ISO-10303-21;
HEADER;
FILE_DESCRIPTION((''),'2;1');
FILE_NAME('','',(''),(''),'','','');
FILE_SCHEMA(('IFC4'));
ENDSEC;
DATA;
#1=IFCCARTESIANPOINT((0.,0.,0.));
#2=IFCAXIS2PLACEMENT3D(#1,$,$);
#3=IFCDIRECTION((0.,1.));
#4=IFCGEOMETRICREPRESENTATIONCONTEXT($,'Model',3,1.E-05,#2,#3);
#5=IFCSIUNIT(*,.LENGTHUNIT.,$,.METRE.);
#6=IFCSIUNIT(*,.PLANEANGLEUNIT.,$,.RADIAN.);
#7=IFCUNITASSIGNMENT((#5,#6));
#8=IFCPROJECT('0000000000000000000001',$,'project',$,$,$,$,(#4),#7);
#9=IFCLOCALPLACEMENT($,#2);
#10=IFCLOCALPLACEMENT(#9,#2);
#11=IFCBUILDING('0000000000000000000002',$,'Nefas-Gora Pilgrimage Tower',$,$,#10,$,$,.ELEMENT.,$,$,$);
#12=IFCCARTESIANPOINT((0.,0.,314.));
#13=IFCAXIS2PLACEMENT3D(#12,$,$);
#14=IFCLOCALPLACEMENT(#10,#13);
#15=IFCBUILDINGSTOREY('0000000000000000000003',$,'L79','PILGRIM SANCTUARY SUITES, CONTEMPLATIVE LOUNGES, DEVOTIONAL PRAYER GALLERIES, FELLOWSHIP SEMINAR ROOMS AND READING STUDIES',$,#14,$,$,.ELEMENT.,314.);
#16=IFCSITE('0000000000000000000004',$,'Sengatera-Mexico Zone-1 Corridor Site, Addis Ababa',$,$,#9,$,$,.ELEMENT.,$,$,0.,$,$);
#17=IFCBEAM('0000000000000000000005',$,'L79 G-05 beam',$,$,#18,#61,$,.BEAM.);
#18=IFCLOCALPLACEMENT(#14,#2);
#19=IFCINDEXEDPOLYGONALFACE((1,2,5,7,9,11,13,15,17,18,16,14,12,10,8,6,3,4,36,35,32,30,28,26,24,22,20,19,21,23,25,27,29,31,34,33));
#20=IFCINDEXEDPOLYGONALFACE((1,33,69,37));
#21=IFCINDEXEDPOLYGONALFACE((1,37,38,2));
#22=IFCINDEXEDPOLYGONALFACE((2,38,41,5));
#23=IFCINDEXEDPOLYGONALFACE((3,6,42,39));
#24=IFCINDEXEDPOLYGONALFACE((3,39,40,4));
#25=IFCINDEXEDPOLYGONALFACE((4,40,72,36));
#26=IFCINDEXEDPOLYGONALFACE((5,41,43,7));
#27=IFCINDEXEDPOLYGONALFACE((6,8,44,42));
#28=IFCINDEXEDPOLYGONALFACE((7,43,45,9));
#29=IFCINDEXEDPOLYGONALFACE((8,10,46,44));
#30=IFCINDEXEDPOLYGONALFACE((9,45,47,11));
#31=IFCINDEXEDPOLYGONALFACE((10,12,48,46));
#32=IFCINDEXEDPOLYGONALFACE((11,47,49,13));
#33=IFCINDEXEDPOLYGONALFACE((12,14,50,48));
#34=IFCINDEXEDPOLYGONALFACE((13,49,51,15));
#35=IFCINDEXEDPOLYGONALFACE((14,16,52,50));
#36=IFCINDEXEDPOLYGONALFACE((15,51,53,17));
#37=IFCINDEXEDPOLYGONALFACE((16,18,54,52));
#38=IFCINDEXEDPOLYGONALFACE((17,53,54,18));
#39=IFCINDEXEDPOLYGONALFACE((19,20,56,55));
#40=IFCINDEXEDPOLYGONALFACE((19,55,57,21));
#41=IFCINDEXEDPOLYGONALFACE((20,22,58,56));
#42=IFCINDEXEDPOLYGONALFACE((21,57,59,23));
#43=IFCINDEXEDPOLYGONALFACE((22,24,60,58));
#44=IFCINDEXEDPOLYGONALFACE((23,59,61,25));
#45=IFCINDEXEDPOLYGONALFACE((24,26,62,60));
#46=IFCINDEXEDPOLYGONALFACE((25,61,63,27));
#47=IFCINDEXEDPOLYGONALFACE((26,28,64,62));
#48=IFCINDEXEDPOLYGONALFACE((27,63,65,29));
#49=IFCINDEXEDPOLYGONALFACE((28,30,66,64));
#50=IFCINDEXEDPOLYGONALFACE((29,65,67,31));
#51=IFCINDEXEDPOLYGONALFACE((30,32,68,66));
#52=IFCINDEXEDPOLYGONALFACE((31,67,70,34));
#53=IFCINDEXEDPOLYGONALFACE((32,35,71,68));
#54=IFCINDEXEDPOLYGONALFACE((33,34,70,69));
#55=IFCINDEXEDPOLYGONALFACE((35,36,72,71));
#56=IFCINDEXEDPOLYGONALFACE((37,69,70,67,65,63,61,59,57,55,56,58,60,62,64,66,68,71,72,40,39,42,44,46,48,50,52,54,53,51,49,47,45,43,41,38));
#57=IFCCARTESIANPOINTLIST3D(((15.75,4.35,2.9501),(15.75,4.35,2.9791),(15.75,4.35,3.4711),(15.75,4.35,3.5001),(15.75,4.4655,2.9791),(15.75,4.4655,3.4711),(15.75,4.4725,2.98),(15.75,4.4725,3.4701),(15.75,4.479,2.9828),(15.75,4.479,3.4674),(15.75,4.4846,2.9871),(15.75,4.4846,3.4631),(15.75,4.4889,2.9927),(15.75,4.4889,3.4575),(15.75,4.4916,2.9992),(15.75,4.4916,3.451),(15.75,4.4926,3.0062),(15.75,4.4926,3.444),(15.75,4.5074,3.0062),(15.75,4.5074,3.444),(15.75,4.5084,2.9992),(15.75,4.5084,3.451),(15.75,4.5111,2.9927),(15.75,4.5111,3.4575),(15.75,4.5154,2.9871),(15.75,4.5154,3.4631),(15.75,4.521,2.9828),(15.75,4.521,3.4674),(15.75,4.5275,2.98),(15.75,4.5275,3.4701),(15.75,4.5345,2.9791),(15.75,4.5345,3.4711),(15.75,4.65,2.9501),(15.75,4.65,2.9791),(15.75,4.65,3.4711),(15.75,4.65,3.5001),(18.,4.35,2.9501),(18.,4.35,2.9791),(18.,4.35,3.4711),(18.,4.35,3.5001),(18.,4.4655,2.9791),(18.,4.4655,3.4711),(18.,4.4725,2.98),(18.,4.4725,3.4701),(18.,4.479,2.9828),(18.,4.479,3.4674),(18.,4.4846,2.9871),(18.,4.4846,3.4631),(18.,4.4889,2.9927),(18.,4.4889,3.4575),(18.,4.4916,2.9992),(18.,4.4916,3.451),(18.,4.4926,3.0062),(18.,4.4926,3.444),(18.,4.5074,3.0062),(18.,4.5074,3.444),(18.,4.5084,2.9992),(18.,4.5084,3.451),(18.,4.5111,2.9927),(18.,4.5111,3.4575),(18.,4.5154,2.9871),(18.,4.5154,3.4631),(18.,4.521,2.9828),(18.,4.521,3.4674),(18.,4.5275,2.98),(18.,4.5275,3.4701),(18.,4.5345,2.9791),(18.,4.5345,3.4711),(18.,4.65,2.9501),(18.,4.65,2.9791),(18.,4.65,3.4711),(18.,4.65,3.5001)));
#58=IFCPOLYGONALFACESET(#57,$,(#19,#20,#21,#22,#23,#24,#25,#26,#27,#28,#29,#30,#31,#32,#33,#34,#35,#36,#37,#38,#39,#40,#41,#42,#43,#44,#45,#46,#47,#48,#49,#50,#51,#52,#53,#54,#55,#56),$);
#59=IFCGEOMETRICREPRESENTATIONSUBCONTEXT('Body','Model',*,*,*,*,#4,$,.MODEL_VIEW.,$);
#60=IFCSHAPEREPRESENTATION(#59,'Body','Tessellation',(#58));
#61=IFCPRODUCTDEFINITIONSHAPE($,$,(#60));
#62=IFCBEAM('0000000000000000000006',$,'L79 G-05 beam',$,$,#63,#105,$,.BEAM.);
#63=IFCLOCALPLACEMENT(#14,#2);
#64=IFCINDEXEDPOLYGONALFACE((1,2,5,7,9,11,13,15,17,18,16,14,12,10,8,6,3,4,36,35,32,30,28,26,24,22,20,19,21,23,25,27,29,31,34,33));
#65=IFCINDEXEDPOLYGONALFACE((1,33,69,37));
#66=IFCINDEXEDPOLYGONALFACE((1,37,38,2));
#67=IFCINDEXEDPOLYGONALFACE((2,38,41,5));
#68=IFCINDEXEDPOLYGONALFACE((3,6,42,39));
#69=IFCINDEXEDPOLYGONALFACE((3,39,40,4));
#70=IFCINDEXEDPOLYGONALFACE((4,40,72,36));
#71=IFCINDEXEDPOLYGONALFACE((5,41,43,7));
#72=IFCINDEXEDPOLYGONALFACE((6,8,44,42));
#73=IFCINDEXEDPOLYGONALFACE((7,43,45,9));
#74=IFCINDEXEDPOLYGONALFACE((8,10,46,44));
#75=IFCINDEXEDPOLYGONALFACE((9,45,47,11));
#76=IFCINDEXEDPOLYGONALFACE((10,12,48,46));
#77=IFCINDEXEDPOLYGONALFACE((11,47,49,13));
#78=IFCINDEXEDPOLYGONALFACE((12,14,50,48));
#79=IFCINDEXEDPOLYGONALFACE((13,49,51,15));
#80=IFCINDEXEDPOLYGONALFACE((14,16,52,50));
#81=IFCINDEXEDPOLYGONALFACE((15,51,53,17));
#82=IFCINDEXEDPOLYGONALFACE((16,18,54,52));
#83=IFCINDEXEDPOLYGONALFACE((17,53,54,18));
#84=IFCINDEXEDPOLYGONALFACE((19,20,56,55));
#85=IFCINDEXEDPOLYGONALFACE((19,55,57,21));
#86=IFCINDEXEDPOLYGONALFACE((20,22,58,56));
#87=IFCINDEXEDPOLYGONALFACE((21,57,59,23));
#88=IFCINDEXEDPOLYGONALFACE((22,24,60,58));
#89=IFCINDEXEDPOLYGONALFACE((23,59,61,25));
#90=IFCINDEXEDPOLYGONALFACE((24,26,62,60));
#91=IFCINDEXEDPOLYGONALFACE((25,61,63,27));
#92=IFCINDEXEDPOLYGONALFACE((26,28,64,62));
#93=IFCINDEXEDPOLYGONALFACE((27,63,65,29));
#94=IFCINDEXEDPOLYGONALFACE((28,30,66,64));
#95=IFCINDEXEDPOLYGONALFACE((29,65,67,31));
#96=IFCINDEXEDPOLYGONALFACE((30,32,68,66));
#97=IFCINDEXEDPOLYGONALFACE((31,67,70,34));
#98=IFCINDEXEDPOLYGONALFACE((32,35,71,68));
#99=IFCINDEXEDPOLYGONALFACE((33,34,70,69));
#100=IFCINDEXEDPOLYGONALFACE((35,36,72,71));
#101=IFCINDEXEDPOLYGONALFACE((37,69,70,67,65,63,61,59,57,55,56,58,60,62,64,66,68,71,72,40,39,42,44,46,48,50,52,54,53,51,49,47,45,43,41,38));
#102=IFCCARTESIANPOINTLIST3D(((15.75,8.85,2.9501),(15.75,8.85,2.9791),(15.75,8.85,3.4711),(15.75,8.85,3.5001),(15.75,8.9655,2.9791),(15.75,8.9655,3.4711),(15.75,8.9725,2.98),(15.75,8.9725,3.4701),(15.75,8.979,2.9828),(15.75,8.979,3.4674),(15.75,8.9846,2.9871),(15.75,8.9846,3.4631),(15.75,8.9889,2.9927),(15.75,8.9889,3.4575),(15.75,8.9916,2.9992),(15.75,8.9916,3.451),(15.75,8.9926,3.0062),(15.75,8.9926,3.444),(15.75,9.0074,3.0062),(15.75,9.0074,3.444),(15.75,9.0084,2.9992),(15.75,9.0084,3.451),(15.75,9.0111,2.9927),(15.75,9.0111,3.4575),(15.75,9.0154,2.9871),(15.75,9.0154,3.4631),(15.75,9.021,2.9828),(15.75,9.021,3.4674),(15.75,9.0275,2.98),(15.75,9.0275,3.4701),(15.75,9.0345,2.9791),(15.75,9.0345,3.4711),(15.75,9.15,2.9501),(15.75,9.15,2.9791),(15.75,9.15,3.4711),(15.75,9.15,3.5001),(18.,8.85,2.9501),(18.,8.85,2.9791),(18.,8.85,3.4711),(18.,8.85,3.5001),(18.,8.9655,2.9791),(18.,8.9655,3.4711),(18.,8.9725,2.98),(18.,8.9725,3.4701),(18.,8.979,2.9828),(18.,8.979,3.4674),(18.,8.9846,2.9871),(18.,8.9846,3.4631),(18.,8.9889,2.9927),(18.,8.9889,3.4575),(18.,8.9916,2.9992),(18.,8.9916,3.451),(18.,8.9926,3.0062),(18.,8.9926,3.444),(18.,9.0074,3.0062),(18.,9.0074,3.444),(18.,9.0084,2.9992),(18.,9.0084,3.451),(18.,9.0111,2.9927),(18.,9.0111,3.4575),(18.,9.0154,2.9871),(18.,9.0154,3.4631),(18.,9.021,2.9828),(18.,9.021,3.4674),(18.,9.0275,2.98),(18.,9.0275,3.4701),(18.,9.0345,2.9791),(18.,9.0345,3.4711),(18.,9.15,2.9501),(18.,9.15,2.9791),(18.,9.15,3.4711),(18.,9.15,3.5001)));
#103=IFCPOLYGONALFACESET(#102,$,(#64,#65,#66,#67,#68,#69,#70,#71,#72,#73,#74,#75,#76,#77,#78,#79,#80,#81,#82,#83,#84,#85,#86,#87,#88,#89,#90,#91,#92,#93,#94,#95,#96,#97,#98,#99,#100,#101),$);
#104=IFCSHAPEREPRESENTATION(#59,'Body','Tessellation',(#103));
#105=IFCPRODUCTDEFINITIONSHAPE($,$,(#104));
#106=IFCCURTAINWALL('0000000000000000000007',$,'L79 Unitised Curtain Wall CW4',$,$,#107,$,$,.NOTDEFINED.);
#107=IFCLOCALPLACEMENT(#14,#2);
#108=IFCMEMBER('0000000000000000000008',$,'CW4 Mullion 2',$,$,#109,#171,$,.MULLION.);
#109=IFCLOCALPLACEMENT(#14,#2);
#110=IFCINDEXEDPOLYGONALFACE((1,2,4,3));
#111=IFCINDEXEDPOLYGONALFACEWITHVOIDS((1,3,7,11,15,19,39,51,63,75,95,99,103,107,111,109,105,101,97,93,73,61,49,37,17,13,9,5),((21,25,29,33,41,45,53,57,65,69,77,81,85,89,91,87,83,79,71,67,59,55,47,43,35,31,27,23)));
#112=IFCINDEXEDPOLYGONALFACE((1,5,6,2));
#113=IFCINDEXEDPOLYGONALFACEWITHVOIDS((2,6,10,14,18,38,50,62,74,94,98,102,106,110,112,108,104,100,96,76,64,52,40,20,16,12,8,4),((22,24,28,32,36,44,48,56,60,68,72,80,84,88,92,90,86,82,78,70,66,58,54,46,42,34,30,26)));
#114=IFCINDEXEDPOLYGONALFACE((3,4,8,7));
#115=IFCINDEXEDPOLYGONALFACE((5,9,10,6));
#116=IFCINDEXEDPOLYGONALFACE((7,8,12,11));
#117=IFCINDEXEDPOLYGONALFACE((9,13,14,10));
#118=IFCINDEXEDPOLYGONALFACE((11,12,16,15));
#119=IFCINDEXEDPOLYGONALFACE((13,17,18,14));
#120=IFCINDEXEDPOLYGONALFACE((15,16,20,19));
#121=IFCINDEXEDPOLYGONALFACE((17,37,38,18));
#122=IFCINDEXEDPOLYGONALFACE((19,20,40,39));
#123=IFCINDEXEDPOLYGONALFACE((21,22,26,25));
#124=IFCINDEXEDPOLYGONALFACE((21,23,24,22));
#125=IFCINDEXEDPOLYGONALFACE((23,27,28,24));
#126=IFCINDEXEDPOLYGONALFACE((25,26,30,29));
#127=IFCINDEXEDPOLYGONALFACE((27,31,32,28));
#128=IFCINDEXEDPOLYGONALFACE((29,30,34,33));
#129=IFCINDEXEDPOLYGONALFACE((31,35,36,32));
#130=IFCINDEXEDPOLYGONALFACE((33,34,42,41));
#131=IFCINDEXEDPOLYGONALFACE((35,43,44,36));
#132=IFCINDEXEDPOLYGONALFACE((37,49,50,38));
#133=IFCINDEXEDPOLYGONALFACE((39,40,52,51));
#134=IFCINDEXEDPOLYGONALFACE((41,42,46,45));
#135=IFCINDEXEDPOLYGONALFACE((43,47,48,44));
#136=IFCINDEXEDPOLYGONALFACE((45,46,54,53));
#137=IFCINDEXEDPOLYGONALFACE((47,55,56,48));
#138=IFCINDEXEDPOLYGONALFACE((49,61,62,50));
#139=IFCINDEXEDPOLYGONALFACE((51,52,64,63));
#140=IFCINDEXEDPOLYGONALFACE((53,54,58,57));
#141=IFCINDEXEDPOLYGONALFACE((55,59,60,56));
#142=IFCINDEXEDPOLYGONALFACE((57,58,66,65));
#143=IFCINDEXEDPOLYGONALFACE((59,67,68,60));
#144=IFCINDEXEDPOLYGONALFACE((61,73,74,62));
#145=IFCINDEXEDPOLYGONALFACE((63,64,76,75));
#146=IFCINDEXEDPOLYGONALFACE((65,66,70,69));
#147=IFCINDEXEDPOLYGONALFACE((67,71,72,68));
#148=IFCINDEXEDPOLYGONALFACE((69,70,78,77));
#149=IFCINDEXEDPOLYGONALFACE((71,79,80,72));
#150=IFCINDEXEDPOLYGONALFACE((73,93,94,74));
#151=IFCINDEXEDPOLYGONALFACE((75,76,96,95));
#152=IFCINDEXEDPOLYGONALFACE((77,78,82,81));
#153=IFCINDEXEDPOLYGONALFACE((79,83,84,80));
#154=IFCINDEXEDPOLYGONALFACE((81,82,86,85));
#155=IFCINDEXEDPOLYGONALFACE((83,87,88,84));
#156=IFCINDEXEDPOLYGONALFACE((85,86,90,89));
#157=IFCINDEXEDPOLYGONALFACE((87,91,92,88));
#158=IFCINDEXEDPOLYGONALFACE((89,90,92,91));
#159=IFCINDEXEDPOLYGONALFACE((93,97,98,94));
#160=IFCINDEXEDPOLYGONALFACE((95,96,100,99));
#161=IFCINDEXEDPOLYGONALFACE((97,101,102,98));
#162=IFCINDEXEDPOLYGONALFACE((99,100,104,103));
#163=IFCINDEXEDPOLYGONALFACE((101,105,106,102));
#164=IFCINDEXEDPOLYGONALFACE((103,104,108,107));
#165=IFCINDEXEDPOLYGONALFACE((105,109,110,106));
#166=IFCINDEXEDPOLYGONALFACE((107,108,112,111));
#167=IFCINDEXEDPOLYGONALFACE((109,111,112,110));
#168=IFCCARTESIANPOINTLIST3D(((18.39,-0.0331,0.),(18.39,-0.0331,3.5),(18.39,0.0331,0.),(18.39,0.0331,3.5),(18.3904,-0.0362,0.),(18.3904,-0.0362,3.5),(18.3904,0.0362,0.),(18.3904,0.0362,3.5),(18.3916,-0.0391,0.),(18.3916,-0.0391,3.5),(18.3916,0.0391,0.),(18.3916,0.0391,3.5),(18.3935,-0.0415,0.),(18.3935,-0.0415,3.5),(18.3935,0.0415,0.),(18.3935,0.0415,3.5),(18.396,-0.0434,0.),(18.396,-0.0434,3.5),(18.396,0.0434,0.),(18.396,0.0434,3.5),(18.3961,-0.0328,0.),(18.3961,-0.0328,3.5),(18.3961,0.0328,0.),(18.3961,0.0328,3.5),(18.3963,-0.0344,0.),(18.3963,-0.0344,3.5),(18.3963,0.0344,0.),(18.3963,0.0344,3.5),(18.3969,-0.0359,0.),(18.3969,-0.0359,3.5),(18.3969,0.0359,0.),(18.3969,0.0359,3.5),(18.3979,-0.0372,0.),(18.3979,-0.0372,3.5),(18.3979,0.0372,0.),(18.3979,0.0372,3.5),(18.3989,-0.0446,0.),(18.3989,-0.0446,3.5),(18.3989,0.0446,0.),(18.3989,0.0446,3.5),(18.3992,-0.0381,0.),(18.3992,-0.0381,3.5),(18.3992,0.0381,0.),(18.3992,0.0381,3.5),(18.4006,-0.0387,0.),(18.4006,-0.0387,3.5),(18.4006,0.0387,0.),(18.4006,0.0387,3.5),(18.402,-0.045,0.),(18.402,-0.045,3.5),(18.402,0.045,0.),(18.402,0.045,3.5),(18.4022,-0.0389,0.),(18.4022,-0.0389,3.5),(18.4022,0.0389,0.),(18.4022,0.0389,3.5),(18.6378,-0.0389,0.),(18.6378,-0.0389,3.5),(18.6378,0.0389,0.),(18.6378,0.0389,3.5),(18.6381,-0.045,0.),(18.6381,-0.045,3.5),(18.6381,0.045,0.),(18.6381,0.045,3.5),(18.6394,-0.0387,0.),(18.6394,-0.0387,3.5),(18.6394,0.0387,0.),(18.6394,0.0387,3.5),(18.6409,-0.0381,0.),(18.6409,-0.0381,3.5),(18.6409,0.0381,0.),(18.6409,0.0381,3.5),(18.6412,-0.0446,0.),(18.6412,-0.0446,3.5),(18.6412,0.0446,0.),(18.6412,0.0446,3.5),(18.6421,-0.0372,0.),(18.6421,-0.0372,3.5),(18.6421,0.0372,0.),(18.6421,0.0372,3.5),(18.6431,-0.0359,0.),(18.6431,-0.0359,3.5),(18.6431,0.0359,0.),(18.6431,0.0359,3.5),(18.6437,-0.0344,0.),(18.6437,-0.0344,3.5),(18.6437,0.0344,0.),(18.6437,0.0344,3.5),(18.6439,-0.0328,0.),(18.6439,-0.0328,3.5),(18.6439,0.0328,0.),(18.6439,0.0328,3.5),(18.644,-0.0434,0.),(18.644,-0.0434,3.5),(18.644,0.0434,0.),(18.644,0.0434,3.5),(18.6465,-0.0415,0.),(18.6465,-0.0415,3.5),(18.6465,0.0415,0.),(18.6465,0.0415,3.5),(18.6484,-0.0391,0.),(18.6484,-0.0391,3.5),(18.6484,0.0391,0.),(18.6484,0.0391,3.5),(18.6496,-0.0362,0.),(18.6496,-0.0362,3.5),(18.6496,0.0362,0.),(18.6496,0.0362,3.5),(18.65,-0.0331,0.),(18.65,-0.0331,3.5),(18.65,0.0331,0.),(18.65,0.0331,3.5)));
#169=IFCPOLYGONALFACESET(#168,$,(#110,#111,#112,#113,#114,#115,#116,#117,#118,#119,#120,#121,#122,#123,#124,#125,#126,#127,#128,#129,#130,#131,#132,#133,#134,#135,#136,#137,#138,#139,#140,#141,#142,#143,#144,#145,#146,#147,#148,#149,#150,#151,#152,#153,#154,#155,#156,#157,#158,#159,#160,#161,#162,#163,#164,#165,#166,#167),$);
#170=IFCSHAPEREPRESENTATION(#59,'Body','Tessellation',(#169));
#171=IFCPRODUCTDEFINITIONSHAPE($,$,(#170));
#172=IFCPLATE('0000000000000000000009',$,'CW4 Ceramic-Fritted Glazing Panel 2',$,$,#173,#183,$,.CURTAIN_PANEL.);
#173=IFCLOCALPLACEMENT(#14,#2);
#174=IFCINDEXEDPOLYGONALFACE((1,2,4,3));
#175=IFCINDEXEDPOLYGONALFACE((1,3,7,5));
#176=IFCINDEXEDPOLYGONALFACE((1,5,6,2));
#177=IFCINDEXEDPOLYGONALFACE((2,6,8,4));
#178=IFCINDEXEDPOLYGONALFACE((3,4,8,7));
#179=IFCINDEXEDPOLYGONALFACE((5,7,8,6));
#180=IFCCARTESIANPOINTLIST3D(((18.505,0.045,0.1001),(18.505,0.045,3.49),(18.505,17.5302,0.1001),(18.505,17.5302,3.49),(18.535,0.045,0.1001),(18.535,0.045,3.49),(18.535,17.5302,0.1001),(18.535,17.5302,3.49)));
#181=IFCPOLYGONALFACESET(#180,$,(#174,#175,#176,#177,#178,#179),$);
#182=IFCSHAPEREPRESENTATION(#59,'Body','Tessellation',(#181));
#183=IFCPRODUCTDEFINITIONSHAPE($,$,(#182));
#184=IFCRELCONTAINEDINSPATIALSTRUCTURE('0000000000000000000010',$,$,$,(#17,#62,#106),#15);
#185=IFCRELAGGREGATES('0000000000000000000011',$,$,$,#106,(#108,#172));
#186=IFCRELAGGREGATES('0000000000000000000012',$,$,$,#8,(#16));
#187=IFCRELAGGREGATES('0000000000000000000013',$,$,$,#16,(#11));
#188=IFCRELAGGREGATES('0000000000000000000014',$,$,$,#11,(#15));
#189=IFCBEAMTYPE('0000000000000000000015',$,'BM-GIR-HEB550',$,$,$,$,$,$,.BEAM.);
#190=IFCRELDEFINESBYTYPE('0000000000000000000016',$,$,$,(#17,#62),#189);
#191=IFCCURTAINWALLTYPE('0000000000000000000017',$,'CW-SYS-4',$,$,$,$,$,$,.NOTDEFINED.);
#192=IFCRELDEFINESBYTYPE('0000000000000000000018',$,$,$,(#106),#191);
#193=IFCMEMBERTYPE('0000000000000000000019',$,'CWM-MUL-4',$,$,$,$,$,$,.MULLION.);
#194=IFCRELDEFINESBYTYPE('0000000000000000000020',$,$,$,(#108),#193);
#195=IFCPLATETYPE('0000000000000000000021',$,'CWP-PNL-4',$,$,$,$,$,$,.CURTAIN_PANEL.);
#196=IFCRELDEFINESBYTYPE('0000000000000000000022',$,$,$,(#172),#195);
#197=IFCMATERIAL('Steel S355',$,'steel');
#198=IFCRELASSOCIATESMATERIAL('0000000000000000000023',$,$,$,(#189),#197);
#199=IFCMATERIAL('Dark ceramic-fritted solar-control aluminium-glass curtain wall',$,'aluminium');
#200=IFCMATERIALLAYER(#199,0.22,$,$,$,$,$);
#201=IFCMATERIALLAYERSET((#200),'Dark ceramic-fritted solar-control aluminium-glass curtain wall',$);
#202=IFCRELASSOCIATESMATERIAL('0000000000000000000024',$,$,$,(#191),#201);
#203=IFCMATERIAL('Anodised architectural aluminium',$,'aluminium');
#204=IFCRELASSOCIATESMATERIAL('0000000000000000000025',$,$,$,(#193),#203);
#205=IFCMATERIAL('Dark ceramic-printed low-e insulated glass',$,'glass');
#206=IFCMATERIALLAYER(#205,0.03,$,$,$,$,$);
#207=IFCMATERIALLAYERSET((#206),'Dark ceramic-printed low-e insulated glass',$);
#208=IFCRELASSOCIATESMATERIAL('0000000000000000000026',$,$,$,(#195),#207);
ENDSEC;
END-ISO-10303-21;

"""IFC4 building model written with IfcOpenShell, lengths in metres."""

from ifc_helpers import new_model, si_unit, direction, frame, origin, origin_2d, place, context, subcontext, project, spatial, rectangle, hollow_rectangle, i_section, extrude, source, transform, mapped, material, layer, layer_set, material_profile, profile_set, type_object, element, aggregate, save


model = new_model("IFC4")

# Units and contexts
model_context = context("Model", 3, precision=1e-05, world=origin(), true_north=direction((0.0, 1.0)))
body_context = subcontext(model_context, "Body", "Model", "MODEL_VIEW")
ifc_project = project(units=[si_unit("LENGTHUNIT", "METRE"), si_unit("PLANEANGLEUNIT", "RADIAN")], contexts=[model_context])

# Site, building, storey
site_placement = place(None, origin())
site = spatial("IfcSite", under=ifc_project, at=site_placement, Name="Sengatera-Mexico Zone-1 Corridor Site, Addis Ababa", CompositionType="ELEMENT", RefElevation=0.0)
building_placement = place(site_placement, origin())
building = spatial("IfcBuilding", under=site, at=building_placement, Name="Nefas-Gora Pilgrimage Tower", CompositionType="ELEMENT")
storey_placement = place(building_placement, frame((0.0, 0.0, 314.0)))
storey = spatial("IfcBuildingStorey", under=building, at=storey_placement, Name="L79", Description="PILGRIM SANCTUARY SUITES, CONTEMPLATIVE LOUNGES, DEVOTIONAL PRAYER GALLERIES, FELLOWSHIP SEMINAR ROOMS AND READING STUDIES", CompositionType="ELEMENT", Elevation=314.0)

# Shared definitions
ifc_material_1 = material(Name="Steel S355", Category="steel")

# Beams
ifc_material_profile_1 = material_profile(ifc_material_1, i_section(OverallWidth=0.3, OverallDepth=0.55, WebThickness=0.0149, FlangeThickness=0.0291, FilletRadius=0.0271, at=origin_2d()), Name="HEB 550")
ifc_profile_set_1 = profile_set([ifc_material_profile_1], Name="Steel S355")
beam_type_1 = type_object("IfcBeamType", Name="BM-GIR-HEB550", PredefinedType="BEAM", material=ifc_profile_set_1)
shared_shape_1 = source(origin(), body_context, "Body", "SweptSolid", [
    extrude(i_section(OverallWidth=0.3, OverallDepth=0.55, WebThickness=0.0149, FlangeThickness=0.0291, FilletRadius=0.0271, at=origin_2d()), origin(), (0.0, 0.0, 1.0), 2.25),
])
for number, where, z_axis, x_axis, name in (
    (1, (15.75, 4.5, 3.2251), (1.0, 0.0, 0.0), (0.0, 1.0, 0.0), "L79 G-05 beam"),
    (2, (15.75, 9.0, 3.2251), (1.0, 0.0, 0.0), (0.0, 1.0, 0.0), "L79 G-05 beam"),
):
    element("IfcBeam", number, at=place(storey_placement, frame(where, z_axis=z_axis, x_axis=x_axis)), inside=storey, type_object=beam_type_1, Name=name, PredefinedType="BEAM", context=body_context, shape_type="MappedRepresentation", body=[
        mapped(shared_shape_1, transform((0.0, 0.0, 0.0), x_axis=(1.0, 0.0, 0.0), y_axis=(0.0, 1.0, 0.0), z_axis=(0.0, 0.0, 1.0), scale=1.0)),
    ])

# Curtain wall, member, plate
ifc_material_2 = material(Name="Dark ceramic-fritted solar-control aluminium-glass curtain wall", Category="aluminium")
ifc_layer_1 = layer(ifc_material_2, 0.22)
ifc_layer_set_1 = layer_set([ifc_layer_1], Name="Dark ceramic-fritted solar-control aluminium-glass curtain wall")
curtain_wall_type = type_object("IfcCurtainWallType", Name="CW-SYS-4", PredefinedType="NOTDEFINED", material=ifc_layer_set_1)
curtain_wall_placement = place(storey_placement, origin())
curtain_wall = element("IfcCurtainWall", 3, at=curtain_wall_placement, inside=storey, type_object=curtain_wall_type, Name="L79 Unitised Curtain Wall CW4", PredefinedType="NOTDEFINED")
ifc_material_3 = material(Name="Anodised architectural aluminium", Category="aluminium")
ifc_material_profile_2 = material_profile(ifc_material_3, hollow_rectangle(XDim=0.0901, YDim=0.26, WallThickness=0.0061, InnerFilletRadius=0.0061, OuterFilletRadius=0.012, at=origin_2d()), Name="ALU MULLION 90x260")
ifc_profile_set_2 = profile_set([ifc_material_profile_2], Name="Anodised architectural aluminium")
member_type = type_object("IfcMemberType", Name="CWM-MUL-4", PredefinedType="MULLION", material=ifc_profile_set_2)
shared_shape_2 = source(origin(), body_context, "Body", "SweptSolid", [
    extrude(hollow_rectangle(XDim=0.0901, YDim=0.26, WallThickness=0.0061, InnerFilletRadius=0.0061, OuterFilletRadius=0.012, at=origin_2d()), origin(), (0.0, 0.0, 1.0), 3.5),
])
member_placement = place(storey_placement, frame((18.52, 0.0, 0.0), z_axis=(0.0, 0.0, 1.0), x_axis=(0.0, 1.0, 0.0)))
member = element("IfcMember", 4, at=member_placement, type_object=member_type, Name="CW4 Mullion 2", PredefinedType="MULLION", context=body_context, shape_type="MappedRepresentation", body=[
    mapped(shared_shape_2, transform((0.0, 0.0, 0.0), x_axis=(1.0, 0.0, 0.0), y_axis=(0.0, 1.0, 0.0), z_axis=(0.0, 0.0, 1.0), scale=1.0)),
])
ifc_material_4 = material(Name="Dark ceramic-printed low-e insulated glass", Category="glass")
ifc_layer_2 = layer(ifc_material_4, 0.03)
ifc_layer_set_2 = layer_set([ifc_layer_2], Name="Dark ceramic-printed low-e insulated glass")
plate_type = type_object("IfcPlateType", Name="CWP-PNL-4", PredefinedType="CURTAIN_PANEL", material=ifc_layer_set_2)
shared_shape_3 = source(origin(), body_context, "Body", "SweptSolid", [
    extrude(rectangle(XDim=17.4851, YDim=0.03, at=origin_2d()), origin(), (0.0, 0.0, 1.0), 3.3899),
])
plate_placement = place(storey_placement, frame((18.52, 8.7876, 0.1001), z_axis=(0.0, 0.0, 1.0), x_axis=(0.0, 1.0, 0.0)))
plate = element("IfcPlate", 5, at=plate_placement, type_object=plate_type, Name="CW4 Ceramic-Fritted Glazing Panel 2", PredefinedType="CURTAIN_PANEL", context=body_context, shape_type="MappedRepresentation", body=[
    mapped(shared_shape_3, transform((0.0, 0.0, 0.0), x_axis=(1.0, 0.0, 0.0), y_axis=(0.0, 1.0, 0.0), z_axis=(0.0, 0.0, 1.0), scale=1.0)),
])
aggregate(curtain_wall, [member, plate])

save(model, "model.ifc")
